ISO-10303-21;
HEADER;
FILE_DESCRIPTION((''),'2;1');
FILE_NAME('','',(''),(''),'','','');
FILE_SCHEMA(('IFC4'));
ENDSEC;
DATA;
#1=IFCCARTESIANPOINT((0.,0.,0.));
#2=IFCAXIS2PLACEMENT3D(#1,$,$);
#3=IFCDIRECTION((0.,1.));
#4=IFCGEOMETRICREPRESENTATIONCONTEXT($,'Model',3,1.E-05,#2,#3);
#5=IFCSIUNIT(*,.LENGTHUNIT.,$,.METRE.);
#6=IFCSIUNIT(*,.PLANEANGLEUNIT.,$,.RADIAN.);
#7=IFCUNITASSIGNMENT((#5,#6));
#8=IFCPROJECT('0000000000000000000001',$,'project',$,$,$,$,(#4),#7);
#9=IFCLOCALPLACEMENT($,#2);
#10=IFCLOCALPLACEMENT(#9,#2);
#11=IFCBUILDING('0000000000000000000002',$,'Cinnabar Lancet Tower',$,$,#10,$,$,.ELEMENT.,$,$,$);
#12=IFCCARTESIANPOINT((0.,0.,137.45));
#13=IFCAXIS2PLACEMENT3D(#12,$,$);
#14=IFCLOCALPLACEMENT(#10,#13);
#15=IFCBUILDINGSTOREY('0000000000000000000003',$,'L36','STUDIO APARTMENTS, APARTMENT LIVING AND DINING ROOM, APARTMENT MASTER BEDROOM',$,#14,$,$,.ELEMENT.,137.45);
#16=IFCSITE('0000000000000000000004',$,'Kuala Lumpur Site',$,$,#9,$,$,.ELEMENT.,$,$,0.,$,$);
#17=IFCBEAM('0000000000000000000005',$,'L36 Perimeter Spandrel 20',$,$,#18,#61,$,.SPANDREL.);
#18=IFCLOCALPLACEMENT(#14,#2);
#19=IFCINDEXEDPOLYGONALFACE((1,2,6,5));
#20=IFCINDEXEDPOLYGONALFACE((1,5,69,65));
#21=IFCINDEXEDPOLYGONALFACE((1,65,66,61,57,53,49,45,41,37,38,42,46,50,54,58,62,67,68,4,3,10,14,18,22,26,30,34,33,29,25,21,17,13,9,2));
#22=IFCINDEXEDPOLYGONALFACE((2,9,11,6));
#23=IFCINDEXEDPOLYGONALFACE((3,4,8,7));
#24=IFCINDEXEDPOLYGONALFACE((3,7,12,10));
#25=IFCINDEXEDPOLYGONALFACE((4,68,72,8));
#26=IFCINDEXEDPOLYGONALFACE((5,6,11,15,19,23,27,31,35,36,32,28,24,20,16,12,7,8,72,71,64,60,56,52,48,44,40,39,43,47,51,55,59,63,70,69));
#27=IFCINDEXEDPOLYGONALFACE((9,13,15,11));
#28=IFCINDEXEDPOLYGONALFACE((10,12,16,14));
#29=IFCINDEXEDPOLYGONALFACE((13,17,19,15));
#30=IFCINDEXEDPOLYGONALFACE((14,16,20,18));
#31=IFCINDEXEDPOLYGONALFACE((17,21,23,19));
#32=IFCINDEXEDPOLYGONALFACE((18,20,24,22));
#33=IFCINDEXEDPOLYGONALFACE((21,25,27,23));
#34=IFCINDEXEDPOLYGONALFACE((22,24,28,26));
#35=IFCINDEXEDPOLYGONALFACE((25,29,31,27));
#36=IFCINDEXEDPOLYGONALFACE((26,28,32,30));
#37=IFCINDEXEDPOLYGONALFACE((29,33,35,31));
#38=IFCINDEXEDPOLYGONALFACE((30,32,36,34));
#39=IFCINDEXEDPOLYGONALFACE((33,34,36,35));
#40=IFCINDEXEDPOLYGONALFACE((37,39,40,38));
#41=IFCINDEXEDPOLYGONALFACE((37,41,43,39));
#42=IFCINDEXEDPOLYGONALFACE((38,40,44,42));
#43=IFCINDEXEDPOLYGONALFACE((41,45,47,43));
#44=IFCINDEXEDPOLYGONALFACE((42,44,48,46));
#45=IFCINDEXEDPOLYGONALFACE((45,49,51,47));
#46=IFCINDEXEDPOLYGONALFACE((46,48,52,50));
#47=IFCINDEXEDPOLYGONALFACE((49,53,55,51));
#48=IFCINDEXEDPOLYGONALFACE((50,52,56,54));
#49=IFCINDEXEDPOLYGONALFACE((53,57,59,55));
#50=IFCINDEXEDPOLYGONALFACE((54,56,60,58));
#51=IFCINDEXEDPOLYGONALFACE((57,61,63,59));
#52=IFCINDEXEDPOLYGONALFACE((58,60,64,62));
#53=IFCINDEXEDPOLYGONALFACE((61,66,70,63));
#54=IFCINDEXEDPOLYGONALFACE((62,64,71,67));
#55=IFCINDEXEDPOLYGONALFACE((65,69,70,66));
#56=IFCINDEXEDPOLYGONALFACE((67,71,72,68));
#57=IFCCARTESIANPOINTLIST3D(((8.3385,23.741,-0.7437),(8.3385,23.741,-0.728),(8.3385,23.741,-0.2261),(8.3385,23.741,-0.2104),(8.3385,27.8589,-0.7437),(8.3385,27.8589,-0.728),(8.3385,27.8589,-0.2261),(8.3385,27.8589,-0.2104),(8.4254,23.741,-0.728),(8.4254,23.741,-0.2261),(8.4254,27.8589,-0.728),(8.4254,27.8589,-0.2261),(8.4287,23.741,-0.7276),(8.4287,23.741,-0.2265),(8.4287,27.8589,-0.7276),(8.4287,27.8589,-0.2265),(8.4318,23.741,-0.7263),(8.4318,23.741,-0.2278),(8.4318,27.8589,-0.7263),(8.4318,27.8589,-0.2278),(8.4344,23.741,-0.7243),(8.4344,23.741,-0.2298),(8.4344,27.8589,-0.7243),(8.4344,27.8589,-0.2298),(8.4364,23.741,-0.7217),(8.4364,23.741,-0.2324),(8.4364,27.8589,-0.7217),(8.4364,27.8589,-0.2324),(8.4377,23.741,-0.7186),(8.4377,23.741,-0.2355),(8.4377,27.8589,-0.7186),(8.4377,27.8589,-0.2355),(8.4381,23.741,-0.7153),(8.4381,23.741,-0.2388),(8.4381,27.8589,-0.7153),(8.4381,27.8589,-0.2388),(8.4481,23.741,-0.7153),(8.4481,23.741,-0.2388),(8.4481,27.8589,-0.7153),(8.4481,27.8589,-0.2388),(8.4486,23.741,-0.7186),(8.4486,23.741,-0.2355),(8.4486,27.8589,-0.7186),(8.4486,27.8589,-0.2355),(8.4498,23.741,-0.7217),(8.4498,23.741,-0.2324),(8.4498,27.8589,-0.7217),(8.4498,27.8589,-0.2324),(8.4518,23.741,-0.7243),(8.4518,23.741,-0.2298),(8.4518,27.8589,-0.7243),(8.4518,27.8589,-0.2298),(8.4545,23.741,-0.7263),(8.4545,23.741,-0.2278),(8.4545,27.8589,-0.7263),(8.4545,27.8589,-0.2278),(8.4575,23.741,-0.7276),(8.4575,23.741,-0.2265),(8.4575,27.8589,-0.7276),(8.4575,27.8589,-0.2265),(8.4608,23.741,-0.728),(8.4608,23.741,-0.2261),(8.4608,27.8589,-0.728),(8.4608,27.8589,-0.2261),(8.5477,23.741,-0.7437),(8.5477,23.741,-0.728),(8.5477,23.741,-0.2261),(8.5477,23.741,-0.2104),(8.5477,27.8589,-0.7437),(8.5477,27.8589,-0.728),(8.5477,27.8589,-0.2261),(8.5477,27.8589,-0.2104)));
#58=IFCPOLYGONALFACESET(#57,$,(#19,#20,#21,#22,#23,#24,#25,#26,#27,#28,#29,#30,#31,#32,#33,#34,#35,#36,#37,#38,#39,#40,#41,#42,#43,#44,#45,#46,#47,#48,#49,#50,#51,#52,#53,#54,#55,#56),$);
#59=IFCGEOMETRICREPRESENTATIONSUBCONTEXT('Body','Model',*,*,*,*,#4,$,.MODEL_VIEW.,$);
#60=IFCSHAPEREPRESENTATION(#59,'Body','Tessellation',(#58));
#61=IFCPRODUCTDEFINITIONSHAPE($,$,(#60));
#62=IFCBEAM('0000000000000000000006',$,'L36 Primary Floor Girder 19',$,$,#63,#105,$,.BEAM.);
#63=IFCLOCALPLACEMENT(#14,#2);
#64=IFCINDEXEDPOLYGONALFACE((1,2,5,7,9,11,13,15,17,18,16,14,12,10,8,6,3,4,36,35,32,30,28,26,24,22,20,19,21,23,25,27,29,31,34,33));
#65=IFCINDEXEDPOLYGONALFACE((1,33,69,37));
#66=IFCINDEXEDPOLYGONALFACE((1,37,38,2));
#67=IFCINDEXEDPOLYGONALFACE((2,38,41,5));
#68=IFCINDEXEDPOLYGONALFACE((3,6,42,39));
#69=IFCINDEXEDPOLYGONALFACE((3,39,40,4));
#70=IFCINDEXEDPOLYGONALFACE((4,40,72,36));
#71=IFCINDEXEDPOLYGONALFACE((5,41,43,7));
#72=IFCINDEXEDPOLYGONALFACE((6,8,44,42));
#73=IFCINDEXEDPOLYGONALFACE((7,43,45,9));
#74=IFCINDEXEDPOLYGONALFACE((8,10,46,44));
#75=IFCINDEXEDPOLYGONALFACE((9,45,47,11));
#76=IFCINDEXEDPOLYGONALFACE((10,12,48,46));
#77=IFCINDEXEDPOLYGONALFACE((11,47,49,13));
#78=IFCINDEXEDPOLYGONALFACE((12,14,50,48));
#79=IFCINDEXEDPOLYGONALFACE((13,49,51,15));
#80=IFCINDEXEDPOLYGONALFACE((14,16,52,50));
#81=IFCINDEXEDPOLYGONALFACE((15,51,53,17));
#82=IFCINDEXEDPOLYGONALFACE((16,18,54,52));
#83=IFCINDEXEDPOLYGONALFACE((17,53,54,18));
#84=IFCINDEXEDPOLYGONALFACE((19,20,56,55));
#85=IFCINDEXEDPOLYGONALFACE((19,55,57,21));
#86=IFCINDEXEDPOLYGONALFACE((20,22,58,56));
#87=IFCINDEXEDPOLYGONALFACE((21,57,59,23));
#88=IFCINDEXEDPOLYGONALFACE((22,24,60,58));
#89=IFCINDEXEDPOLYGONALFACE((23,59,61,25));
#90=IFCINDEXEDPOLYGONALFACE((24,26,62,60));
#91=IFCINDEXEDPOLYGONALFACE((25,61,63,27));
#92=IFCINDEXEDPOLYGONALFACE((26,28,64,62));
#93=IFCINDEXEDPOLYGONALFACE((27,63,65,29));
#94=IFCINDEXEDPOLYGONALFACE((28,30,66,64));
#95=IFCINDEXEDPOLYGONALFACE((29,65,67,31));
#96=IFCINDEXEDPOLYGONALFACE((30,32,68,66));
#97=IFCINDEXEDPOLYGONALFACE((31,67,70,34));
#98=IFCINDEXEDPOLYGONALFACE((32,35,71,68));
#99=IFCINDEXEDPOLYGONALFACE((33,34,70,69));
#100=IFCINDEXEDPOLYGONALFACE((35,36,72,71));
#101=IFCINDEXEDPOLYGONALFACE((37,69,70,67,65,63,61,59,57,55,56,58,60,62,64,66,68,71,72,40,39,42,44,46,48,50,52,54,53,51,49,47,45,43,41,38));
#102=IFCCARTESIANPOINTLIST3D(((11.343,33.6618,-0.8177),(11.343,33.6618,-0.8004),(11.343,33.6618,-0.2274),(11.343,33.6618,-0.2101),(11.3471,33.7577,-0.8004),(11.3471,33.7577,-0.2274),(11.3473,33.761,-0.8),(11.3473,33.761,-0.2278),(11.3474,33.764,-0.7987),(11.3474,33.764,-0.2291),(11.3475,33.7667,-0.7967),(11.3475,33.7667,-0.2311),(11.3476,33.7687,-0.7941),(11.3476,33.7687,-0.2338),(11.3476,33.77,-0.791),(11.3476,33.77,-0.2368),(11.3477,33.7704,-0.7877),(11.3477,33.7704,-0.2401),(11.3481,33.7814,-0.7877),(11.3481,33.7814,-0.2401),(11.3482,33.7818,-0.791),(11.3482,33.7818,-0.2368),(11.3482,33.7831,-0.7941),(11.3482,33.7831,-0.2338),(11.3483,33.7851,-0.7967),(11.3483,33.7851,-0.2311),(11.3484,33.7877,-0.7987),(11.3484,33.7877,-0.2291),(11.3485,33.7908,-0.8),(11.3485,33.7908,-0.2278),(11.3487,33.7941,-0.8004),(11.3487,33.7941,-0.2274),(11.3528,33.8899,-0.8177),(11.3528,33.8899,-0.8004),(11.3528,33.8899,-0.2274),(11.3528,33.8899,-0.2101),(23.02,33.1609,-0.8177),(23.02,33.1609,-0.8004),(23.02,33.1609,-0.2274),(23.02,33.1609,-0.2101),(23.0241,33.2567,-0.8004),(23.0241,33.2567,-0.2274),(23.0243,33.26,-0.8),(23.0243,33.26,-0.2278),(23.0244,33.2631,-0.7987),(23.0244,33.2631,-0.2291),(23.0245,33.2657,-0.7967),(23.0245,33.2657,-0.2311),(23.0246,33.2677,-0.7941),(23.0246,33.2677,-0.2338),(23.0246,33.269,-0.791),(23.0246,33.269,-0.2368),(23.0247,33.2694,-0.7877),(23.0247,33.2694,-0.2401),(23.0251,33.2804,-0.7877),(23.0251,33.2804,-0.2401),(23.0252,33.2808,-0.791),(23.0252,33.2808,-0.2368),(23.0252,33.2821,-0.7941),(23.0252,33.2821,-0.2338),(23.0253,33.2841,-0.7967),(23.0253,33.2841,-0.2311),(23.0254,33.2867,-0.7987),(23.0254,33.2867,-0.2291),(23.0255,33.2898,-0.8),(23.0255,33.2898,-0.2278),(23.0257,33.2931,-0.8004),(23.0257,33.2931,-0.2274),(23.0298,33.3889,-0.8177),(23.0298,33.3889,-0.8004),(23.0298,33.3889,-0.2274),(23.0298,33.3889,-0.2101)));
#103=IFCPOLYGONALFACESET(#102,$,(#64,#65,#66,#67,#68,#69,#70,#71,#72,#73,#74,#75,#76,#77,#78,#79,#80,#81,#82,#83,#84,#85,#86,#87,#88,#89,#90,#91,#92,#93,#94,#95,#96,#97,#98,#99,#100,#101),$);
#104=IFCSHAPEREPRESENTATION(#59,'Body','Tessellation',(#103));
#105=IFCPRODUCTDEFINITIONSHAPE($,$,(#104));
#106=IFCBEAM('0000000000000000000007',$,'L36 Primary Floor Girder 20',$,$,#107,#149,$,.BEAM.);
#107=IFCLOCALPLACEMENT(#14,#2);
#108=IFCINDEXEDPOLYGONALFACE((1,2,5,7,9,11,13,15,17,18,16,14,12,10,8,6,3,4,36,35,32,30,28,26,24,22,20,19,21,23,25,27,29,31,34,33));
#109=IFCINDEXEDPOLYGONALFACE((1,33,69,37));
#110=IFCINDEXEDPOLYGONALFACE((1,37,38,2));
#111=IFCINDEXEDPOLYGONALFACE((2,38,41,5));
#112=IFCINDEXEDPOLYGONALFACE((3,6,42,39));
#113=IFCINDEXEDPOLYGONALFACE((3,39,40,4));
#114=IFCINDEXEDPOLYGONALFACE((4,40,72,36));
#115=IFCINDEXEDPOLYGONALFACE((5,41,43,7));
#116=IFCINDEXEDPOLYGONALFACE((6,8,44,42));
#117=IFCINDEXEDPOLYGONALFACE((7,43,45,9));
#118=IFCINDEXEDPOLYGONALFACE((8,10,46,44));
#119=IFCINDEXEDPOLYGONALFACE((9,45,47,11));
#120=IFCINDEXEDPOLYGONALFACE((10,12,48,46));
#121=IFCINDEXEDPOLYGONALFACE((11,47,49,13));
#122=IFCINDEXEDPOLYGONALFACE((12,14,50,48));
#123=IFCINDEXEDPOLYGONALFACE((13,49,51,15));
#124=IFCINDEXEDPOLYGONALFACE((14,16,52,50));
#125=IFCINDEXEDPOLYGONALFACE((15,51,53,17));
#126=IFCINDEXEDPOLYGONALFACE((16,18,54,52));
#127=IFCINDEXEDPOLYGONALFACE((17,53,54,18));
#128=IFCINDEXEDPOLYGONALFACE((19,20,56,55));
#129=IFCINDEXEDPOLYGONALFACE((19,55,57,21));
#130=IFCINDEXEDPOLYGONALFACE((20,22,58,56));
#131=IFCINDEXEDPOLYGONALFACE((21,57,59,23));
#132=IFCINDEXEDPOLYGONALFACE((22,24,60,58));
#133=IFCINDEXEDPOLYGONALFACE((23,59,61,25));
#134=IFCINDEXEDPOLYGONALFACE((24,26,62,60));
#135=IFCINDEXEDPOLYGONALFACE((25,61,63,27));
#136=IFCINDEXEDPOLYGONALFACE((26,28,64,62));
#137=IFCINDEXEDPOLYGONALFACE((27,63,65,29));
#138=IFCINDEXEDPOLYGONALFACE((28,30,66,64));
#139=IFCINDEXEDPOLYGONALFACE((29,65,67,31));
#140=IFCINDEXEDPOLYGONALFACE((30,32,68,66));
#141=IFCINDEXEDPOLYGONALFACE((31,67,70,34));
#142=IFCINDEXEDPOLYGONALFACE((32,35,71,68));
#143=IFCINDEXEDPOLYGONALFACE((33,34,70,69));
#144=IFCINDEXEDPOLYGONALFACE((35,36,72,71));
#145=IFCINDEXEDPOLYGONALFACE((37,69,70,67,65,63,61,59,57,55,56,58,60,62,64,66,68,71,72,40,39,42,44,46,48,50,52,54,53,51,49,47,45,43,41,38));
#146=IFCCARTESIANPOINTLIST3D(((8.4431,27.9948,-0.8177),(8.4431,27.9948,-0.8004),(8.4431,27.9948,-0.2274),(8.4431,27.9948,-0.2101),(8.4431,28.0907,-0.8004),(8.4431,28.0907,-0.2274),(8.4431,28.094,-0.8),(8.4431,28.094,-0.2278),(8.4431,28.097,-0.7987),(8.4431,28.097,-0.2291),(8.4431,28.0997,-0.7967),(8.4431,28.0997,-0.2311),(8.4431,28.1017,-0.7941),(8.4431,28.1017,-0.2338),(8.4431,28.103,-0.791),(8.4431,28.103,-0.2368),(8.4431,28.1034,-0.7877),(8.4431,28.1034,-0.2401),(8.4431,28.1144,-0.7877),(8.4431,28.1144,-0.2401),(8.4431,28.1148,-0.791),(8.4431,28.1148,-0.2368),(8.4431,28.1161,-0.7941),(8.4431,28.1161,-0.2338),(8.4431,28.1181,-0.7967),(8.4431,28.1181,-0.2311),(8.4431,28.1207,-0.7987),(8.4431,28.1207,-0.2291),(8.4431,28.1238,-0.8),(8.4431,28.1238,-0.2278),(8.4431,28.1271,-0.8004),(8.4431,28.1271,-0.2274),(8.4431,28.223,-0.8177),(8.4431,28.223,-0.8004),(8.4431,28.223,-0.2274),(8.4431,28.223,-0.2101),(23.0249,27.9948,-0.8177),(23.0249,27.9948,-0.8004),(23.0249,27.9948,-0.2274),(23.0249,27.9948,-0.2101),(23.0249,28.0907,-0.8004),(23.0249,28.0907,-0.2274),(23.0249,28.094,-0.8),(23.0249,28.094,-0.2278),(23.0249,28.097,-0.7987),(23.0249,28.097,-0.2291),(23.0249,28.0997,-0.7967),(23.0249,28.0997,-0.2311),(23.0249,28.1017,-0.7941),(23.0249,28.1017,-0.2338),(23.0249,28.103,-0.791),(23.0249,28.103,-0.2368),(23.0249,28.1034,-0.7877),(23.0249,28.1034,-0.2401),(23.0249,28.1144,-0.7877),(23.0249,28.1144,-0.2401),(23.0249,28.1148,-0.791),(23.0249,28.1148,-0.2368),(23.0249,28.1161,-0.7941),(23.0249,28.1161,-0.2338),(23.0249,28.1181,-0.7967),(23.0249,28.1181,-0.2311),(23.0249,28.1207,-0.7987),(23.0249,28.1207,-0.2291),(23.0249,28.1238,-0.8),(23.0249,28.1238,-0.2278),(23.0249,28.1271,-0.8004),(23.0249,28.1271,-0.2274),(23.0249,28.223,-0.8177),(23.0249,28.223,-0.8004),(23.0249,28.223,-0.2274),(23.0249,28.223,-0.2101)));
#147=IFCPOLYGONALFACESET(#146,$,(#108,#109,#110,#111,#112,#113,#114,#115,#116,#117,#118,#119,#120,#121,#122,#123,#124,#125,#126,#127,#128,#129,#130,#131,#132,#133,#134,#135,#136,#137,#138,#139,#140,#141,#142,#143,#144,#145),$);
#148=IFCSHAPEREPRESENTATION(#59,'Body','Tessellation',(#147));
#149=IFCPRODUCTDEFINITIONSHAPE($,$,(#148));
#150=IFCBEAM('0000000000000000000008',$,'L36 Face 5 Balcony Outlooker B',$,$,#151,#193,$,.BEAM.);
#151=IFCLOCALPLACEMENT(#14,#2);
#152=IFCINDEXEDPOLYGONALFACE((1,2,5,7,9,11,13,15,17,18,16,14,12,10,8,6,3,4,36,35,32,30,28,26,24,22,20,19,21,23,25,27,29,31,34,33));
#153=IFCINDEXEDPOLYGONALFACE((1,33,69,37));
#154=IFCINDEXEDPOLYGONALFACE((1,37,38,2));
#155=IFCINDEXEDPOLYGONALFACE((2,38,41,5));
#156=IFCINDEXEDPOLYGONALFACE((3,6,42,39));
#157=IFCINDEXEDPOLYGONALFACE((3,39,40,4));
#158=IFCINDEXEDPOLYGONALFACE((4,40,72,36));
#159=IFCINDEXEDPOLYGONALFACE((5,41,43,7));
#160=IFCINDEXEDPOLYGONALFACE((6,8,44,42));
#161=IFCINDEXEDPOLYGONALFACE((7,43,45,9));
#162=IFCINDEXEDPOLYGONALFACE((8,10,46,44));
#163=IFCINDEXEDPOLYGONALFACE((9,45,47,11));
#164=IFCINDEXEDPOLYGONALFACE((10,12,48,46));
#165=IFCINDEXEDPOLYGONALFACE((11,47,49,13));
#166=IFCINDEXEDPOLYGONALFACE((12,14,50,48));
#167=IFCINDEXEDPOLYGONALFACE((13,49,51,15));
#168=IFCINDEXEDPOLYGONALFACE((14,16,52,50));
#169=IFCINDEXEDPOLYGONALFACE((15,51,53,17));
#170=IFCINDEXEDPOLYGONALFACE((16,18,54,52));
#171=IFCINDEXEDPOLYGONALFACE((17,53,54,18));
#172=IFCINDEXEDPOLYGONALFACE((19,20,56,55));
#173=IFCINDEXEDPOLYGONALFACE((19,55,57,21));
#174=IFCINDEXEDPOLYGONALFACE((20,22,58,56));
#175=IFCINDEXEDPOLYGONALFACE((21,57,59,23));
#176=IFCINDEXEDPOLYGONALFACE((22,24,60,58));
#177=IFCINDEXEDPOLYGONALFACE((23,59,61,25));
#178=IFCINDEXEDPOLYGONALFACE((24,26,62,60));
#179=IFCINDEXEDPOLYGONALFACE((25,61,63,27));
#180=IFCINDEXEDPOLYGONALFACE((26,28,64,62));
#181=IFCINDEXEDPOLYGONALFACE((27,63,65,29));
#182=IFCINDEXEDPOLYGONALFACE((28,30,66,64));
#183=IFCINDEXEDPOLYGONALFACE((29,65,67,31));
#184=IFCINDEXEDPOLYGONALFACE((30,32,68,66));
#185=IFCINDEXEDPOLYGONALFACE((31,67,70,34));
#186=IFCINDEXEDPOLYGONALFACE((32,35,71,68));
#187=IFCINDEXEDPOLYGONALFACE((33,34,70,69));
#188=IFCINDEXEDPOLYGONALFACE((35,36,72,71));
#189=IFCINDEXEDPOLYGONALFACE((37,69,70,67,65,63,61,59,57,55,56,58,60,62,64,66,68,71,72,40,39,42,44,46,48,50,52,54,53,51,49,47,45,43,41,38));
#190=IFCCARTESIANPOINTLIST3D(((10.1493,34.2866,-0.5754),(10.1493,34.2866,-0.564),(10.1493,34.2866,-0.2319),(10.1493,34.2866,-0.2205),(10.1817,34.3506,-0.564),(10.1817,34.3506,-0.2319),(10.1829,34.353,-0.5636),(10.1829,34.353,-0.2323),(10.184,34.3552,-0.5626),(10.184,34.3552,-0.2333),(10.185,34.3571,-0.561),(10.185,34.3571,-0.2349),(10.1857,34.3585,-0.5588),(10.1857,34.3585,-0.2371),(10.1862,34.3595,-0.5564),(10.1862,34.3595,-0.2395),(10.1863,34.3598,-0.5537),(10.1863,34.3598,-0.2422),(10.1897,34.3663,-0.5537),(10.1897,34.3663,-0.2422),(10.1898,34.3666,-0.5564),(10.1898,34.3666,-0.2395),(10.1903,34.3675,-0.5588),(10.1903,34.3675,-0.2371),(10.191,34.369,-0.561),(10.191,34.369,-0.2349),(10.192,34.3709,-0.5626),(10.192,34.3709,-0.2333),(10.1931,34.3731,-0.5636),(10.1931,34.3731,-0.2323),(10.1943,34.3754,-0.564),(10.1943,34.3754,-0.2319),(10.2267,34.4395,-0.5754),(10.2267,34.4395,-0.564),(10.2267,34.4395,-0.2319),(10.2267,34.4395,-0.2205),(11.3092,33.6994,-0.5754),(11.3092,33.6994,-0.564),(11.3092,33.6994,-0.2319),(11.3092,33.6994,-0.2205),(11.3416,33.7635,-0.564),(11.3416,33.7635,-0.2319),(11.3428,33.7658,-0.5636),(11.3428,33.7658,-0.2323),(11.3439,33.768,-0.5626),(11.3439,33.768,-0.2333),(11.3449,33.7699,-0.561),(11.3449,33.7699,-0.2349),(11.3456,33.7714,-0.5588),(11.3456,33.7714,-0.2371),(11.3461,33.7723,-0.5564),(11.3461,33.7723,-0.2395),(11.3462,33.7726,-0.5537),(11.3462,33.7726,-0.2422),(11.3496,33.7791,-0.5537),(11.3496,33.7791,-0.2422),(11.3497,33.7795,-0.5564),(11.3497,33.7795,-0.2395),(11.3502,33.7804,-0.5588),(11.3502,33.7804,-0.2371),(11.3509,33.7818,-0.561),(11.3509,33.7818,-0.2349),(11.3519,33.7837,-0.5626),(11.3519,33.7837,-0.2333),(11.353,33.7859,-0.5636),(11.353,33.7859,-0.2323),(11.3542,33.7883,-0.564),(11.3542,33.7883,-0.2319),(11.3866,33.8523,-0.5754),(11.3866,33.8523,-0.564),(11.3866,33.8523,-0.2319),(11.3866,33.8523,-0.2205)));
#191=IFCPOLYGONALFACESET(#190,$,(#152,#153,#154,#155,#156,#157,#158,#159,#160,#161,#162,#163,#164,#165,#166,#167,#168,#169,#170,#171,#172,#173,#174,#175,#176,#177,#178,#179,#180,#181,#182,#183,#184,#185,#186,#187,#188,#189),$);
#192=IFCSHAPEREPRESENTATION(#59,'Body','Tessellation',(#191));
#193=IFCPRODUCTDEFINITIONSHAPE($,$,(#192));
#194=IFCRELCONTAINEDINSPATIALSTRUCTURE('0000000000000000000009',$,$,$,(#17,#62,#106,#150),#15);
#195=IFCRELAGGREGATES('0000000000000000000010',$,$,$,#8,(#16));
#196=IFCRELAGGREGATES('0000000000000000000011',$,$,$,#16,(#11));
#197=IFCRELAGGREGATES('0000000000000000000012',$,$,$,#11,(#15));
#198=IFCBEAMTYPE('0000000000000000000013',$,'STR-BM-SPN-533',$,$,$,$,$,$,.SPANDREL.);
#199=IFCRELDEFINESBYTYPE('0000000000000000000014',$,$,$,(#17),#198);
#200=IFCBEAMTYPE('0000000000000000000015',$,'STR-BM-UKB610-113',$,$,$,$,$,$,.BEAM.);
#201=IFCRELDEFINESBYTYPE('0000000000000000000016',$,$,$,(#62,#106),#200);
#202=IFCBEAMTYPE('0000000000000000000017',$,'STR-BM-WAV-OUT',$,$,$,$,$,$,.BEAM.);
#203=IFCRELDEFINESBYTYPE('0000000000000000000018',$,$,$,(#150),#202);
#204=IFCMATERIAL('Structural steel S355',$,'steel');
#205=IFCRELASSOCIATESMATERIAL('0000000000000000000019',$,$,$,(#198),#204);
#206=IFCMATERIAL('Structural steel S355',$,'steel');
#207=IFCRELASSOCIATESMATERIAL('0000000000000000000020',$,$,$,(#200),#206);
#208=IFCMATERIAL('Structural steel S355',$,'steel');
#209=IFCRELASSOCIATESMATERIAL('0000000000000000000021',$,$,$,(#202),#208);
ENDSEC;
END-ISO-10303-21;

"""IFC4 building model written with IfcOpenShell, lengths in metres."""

from ifc_helpers import new_model, si_unit, direction, frame, origin, origin_2d, place, context, subcontext, project, spatial, i_section, extrude, material, material_profile, profile_set, type_object, element, save


model = new_model("IFC4")

# Units and contexts
model_context = context("Model", 3, precision=1e-05, world=origin(), true_north=direction((0.0, 1.0)))
body_context = subcontext(model_context, "Body", "Model", "MODEL_VIEW")
ifc_project = project(units=[si_unit("LENGTHUNIT", "METRE"), si_unit("PLANEANGLEUNIT", "RADIAN")], contexts=[model_context])

# Site, building, storey
site_placement = place(None, origin())
site = spatial("IfcSite", under=ifc_project, at=site_placement, Name="Kuala Lumpur Site", CompositionType="ELEMENT", RefElevation=0.0)
building_placement = place(site_placement, origin())
building = spatial("IfcBuilding", under=site, at=building_placement, Name="Cinnabar Lancet Tower", CompositionType="ELEMENT")
storey_placement = place(building_placement, frame((0.0, 0.0, 137.45)))
storey = spatial("IfcBuildingStorey", under=building, at=storey_placement, Name="L36", Description="STUDIO APARTMENTS, APARTMENT LIVING AND DINING ROOM, APARTMENT MASTER BEDROOM", CompositionType="ELEMENT", Elevation=137.45)

# Beams
ifc_material_1 = material(Name="Structural steel S355", Category="steel")
ifc_material_profile_1 = material_profile(ifc_material_1, i_section(OverallWidth=0.2092, OverallDepth=0.5332, WebThickness=0.01, FlangeThickness=0.0156, FilletRadius=0.0127, at=origin_2d()), Name="UKB 533x210x92")
ifc_profile_set_1 = profile_set([ifc_material_profile_1], Name="Structural steel S355")
beam_type_1 = type_object("IfcBeamType", Name="STR-BM-SPN-533", PredefinedType="SPANDREL", material=ifc_profile_set_1)
beam_1_placement = place(storey_placement, frame((8.4431, 27.8589, -0.4771), z_axis=(0.0, -1.0, 0.0), x_axis=(1.0, 0.0, 0.0)))
element("IfcBeam", 1, at=beam_1_placement, inside=storey, type_object=beam_type_1, Name="L36 Perimeter Spandrel 20", PredefinedType="SPANDREL", context=body_context, shape_type="SweptSolid", body=[
    extrude(i_section(OverallWidth=0.2092, OverallDepth=0.5332, WebThickness=0.01, FlangeThickness=0.0156, FilletRadius=0.0127, at=origin_2d()), origin(), (0.0, 0.0, 1.0), 4.1179),
])
ifc_material_2 = material(Name="Structural steel S355", Category="steel")
ifc_material_profile_2 = material_profile(ifc_material_2, i_section(OverallWidth=0.2283, OverallDepth=0.6077, WebThickness=0.011, FlangeThickness=0.0173, FilletRadius=0.0127, at=origin_2d()), Name="UKB 610x229x113")
ifc_profile_set_2 = profile_set([ifc_material_profile_2], Name="Structural steel S355")
beam_type_2 = type_object("IfcBeamType", Name="STR-BM-UKB610-113", PredefinedType="BEAM", material=ifc_profile_set_2)
beam_2_placement = place(storey_placement, frame((11.3479, 33.7759, -0.5139), z_axis=(0.999081, -0.042863, 0.0), x_axis=(0.042863, 0.999081, 0.0)))
element("IfcBeam", 2, at=beam_2_placement, inside=storey, type_object=beam_type_2, Name="L36 Primary Floor Girder 19", PredefinedType="BEAM", context=body_context, shape_type="SweptSolid", body=[
    extrude(i_section(OverallWidth=0.2283, OverallDepth=0.6077, WebThickness=0.011, FlangeThickness=0.0173, FilletRadius=0.0127, at=origin_2d()), origin(), (0.0, 0.0, 1.0), 11.6877),
])
beam_3_placement = place(storey_placement, frame((8.4431, 28.1089, -0.5139), z_axis=(1.0, 0.0, 0.0), x_axis=(0.0, 1.0, 0.0)))
element("IfcBeam", 3, at=beam_3_placement, inside=storey, type_object=beam_type_2, Name="L36 Primary Floor Girder 20", PredefinedType="BEAM", context=body_context, shape_type="SweptSolid", body=[
    extrude(i_section(OverallWidth=0.2283, OverallDepth=0.6077, WebThickness=0.011, FlangeThickness=0.0173, FilletRadius=0.0127, at=origin_2d()), origin(), (0.0, 0.0, 1.0), 14.5818),
])
ifc_material_3 = material(Name="Structural steel S355", Category="steel")
ifc_material_profile_3 = material_profile(ifc_material_3, i_section(OverallWidth=0.1714, OverallDepth=0.355, WebThickness=0.0073, FlangeThickness=0.0115, FilletRadius=0.0103, at=origin_2d()), Name="UKB 356x171x51")
ifc_profile_set_3 = profile_set([ifc_material_profile_3], Name="Structural steel S355")
beam_type_3 = type_object("IfcBeamType", Name="STR-BM-WAV-OUT", PredefinedType="BEAM", material=ifc_profile_set_3)
beam_4_placement = place(storey_placement, frame((11.3479, 33.7759, -0.3979), z_axis=(-0.8922, 0.45164, 0.0), x_axis=(-0.45164, -0.8922, 0.0)))
element("IfcBeam", 4, at=beam_4_placement, inside=storey, type_object=beam_type_3, Name="L36 Face 5 Balcony Outlooker B", PredefinedType="BEAM", context=body_context, shape_type="SweptSolid", body=[
    extrude(i_section(OverallWidth=0.1714, OverallDepth=0.355, WebThickness=0.0073, FlangeThickness=0.0115, FilletRadius=0.0103, at=origin_2d()), origin(), (0.0, 0.0, 1.0), 1.3),
])

save(model, "model.ifc")
